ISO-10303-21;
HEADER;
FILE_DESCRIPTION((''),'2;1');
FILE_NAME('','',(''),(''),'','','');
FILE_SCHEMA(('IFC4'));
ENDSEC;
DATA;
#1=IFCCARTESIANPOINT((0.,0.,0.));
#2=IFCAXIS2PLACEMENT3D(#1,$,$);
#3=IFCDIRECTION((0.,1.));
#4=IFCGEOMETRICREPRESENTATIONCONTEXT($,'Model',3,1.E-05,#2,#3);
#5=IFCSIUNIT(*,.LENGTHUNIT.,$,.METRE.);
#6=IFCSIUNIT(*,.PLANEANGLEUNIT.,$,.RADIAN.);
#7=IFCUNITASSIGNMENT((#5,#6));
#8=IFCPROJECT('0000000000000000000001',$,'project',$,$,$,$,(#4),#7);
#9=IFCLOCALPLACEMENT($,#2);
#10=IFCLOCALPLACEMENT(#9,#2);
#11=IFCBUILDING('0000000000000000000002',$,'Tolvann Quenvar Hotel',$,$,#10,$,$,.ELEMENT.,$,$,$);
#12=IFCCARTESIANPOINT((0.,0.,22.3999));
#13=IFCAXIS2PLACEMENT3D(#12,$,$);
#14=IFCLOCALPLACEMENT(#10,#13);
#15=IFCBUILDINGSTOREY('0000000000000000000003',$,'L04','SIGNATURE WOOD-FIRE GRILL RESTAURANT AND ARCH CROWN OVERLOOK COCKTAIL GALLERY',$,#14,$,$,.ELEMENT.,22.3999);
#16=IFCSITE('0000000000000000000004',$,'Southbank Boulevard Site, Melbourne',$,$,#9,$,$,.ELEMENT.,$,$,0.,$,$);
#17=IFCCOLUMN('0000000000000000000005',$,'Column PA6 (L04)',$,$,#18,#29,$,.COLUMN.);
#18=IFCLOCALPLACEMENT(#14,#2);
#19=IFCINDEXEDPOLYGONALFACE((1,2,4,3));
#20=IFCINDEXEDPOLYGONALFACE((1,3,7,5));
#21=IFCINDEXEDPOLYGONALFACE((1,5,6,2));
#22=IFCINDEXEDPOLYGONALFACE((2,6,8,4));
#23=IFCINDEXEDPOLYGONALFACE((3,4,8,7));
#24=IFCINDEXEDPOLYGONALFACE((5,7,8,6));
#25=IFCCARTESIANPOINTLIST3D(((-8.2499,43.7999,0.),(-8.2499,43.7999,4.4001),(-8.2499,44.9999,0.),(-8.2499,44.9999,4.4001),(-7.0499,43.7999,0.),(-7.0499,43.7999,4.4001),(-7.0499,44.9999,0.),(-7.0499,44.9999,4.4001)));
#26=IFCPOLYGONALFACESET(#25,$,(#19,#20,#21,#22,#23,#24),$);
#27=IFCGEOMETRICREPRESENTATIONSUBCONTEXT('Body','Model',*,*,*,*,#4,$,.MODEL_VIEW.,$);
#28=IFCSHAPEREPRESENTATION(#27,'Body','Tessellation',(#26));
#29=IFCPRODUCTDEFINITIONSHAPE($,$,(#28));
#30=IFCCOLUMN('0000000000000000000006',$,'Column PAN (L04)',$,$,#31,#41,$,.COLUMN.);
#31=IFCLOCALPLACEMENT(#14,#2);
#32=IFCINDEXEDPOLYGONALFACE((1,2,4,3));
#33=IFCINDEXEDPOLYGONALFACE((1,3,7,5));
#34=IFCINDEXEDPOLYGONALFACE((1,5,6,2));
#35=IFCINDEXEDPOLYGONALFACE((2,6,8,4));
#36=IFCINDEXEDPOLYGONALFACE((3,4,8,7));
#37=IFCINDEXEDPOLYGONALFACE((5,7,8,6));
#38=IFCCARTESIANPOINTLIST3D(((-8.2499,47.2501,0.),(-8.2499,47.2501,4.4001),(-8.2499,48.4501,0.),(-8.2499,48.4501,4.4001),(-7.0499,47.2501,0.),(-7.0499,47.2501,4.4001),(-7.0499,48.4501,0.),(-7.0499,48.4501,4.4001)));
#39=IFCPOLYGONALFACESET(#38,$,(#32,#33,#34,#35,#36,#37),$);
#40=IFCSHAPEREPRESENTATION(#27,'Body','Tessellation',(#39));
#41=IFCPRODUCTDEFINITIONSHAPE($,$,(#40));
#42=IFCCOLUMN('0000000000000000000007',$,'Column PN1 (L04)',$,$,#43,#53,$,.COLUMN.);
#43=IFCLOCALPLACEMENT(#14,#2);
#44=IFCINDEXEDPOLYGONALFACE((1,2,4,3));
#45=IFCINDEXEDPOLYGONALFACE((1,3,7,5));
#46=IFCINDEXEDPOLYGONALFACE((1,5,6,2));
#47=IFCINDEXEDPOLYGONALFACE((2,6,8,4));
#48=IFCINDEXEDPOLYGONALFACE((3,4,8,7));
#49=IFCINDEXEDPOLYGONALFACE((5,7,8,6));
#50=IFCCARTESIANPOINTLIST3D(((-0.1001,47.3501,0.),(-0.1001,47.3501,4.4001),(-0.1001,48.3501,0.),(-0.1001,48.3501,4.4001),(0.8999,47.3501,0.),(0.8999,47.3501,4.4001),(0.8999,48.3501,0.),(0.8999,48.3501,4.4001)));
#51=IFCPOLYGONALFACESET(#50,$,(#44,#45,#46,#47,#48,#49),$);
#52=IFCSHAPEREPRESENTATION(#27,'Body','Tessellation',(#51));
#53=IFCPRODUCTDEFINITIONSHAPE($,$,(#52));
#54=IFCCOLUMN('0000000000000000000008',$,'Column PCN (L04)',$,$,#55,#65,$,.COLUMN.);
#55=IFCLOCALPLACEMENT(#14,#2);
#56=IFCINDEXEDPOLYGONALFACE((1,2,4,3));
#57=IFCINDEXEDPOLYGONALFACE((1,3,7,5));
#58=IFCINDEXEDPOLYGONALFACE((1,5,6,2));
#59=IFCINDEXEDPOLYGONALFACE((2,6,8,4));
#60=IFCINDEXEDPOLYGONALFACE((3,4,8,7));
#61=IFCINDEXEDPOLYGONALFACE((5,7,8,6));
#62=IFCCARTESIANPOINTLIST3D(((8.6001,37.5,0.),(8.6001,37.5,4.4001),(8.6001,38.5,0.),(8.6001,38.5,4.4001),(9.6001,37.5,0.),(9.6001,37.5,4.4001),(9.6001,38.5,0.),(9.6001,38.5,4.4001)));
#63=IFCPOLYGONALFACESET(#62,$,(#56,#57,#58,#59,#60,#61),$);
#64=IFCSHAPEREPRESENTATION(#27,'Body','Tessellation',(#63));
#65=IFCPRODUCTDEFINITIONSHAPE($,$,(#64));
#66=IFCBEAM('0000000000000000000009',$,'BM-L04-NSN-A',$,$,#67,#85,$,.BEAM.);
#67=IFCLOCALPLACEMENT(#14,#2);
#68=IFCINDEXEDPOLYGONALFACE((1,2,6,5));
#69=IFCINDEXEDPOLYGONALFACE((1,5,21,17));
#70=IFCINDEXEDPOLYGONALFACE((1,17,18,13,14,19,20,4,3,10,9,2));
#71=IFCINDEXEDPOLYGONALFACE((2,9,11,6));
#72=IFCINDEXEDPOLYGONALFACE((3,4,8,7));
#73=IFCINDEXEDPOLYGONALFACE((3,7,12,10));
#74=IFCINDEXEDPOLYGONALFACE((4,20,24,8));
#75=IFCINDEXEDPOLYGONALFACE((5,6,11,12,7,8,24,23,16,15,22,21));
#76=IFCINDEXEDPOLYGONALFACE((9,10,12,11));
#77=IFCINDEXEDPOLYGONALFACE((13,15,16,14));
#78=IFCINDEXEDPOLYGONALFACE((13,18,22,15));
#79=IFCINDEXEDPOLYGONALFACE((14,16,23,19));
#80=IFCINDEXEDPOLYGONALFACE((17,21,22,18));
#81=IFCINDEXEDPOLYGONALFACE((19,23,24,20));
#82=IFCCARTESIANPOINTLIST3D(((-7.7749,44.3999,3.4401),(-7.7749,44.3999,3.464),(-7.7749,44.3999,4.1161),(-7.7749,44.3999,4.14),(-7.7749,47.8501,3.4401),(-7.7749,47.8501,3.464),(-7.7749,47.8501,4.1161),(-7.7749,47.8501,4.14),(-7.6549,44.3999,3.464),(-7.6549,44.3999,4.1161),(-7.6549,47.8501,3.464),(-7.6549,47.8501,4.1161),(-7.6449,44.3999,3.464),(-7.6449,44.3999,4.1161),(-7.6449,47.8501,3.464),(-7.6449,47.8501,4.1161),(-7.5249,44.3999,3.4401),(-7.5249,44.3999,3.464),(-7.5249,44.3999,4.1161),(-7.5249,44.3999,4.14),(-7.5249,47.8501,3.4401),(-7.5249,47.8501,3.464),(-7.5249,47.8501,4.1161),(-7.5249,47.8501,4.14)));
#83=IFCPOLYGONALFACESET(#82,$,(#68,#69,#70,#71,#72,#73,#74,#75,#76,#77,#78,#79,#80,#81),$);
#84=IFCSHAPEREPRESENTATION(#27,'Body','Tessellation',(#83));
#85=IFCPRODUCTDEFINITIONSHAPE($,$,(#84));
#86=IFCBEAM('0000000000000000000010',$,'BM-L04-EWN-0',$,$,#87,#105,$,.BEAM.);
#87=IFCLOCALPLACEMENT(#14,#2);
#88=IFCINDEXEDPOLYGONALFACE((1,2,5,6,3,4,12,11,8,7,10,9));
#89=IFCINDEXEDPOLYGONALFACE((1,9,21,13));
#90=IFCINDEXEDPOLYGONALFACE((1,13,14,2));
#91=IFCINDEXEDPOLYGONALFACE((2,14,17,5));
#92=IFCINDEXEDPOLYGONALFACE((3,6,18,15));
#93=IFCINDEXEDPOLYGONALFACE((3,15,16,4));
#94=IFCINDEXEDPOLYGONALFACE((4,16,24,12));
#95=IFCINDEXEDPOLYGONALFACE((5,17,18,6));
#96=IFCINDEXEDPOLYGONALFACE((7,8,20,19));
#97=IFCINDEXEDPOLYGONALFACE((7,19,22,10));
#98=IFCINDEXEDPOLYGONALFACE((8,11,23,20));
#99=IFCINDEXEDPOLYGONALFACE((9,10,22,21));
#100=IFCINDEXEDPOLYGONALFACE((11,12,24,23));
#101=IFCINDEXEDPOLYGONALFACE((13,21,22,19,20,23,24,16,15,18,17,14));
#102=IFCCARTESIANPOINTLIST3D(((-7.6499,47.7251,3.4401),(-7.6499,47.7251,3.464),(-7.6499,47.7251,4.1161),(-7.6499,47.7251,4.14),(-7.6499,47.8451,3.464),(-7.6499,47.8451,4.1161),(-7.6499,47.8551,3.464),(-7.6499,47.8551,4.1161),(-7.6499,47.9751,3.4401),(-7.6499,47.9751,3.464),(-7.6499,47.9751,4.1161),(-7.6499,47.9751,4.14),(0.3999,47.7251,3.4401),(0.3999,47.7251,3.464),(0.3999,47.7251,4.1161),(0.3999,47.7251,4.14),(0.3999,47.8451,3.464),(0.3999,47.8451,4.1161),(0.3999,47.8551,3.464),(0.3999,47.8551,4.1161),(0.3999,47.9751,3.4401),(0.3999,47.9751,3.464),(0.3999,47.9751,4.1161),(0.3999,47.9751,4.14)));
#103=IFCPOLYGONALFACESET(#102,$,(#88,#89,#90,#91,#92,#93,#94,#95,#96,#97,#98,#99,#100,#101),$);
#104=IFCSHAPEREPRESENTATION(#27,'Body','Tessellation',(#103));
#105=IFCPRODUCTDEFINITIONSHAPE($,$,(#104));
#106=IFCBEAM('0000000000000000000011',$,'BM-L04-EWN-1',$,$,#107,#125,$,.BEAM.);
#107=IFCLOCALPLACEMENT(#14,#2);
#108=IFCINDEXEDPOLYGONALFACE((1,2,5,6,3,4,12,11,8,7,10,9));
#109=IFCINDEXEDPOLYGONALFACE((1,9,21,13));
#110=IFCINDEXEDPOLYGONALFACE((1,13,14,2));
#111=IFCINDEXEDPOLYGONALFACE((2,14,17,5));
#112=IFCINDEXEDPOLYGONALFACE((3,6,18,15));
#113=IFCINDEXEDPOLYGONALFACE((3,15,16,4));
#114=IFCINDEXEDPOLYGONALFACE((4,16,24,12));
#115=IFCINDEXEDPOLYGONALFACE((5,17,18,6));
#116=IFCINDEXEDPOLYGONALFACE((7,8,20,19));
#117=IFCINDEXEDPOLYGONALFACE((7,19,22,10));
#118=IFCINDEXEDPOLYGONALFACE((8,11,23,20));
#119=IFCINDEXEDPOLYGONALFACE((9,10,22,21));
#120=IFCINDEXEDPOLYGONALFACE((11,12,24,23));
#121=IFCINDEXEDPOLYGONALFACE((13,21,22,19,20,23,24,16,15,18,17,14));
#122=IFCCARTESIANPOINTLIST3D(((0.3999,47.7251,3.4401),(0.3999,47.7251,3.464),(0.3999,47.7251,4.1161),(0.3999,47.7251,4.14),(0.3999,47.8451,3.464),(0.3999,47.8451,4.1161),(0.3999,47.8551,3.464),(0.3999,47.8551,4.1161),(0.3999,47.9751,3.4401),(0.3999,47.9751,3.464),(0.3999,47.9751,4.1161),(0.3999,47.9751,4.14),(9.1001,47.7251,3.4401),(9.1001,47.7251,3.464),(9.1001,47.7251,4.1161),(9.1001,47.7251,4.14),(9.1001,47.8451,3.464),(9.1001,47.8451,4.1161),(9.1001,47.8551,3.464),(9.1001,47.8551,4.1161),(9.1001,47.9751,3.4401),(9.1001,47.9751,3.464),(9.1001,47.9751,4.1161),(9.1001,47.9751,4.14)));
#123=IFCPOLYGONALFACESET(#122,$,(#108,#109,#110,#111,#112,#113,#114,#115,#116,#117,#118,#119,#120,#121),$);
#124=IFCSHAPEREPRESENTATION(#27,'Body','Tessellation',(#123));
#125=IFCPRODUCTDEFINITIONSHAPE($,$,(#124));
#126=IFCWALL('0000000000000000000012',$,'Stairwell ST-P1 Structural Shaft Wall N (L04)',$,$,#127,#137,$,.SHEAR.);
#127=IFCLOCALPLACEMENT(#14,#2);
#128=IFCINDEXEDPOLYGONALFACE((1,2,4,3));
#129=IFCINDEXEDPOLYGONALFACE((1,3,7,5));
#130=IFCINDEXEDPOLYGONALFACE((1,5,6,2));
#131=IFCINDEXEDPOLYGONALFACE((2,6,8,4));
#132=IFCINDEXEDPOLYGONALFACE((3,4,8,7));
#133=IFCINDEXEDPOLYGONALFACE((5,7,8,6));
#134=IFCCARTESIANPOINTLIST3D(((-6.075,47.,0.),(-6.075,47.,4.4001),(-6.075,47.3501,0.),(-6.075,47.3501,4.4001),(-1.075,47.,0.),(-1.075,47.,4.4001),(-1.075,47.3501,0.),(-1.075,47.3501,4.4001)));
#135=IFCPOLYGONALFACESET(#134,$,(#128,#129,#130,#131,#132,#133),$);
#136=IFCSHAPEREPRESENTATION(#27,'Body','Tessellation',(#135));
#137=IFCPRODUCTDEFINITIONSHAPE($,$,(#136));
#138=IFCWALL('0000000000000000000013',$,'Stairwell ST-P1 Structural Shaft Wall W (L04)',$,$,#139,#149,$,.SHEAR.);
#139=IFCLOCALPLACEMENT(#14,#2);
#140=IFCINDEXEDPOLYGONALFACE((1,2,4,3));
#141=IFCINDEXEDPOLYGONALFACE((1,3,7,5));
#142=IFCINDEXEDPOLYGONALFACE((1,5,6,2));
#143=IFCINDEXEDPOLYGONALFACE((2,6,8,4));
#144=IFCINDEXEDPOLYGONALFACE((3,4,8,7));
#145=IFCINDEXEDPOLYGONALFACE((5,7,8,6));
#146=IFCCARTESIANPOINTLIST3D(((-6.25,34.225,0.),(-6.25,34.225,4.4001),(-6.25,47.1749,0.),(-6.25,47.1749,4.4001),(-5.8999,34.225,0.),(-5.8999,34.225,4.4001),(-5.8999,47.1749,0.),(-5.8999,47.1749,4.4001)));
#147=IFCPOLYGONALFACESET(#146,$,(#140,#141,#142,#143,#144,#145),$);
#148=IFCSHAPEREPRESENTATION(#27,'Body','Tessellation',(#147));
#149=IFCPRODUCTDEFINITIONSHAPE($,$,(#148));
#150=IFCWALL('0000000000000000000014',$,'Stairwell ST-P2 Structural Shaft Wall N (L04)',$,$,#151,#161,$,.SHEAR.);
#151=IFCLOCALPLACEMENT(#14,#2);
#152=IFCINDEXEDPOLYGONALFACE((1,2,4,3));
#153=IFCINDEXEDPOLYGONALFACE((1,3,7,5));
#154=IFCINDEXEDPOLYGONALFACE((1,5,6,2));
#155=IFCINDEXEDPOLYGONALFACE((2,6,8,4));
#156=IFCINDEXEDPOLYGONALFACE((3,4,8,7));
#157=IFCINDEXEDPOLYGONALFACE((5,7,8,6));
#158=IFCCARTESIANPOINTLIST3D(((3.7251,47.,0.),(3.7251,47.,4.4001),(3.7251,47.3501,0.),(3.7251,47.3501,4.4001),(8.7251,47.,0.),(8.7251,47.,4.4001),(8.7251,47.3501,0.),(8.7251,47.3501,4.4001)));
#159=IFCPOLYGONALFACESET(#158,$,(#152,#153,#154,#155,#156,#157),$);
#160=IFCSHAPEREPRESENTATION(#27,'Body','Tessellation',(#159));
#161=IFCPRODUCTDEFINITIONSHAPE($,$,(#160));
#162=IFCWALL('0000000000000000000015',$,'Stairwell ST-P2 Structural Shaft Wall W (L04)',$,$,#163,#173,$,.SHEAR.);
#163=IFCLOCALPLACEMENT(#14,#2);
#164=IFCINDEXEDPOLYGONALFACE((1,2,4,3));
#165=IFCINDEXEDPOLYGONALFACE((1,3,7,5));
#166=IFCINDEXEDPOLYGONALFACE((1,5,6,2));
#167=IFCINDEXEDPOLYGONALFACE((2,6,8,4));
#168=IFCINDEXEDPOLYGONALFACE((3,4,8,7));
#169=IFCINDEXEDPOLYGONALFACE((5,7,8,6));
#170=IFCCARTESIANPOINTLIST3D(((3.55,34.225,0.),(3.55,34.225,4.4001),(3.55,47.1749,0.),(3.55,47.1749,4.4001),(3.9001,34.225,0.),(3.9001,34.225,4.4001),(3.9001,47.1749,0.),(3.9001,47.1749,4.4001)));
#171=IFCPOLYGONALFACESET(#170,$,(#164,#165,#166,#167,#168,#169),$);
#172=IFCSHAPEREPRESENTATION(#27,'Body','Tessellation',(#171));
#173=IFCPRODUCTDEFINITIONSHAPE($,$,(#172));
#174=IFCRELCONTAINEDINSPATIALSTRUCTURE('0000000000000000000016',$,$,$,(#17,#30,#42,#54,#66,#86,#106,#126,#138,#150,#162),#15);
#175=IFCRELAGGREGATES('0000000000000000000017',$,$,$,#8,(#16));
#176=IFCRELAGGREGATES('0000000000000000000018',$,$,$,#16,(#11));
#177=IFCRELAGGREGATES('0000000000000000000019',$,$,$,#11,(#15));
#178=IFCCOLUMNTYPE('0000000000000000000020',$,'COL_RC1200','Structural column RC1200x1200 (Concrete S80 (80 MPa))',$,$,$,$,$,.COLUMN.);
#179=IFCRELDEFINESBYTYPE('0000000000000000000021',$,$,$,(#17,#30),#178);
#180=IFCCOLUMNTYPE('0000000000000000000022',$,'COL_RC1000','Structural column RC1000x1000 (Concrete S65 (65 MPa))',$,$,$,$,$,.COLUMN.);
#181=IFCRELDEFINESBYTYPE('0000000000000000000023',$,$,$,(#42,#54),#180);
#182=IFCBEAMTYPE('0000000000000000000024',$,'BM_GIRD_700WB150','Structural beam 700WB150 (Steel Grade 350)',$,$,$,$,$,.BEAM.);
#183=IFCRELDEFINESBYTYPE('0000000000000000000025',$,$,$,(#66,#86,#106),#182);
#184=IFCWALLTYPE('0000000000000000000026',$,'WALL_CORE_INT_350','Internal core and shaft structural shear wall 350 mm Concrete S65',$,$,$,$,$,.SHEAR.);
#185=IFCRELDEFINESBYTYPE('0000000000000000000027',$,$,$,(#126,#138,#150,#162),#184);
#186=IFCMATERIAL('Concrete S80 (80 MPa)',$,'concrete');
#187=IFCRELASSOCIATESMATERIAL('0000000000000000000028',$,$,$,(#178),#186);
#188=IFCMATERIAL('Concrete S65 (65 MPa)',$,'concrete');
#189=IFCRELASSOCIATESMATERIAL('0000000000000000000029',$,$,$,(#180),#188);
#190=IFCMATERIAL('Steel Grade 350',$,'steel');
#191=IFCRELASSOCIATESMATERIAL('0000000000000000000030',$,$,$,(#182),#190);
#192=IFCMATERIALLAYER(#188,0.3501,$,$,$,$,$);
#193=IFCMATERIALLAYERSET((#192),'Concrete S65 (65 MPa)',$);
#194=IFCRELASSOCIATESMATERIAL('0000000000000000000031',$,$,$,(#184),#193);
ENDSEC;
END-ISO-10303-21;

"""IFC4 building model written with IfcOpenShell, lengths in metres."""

from ifc_helpers import new_model, si_unit, direction, frame, frame_2d, origin, origin_2d, place, context, subcontext, project, spatial, rectangle, i_section, extrude, source, transform, mapped, material, layer, layer_set, material_profile, profile_set, type_object, type_shapes, element, save


model = new_model("IFC4")

# Units and contexts
model_context = context("Model", 3, precision=1e-05, world=origin(), true_north=direction((0.0, 1.0)))
body_context = subcontext(model_context, "Body", "Model", "MODEL_VIEW")
ifc_project = project(units=[si_unit("LENGTHUNIT", "METRE"), si_unit("PLANEANGLEUNIT", "RADIAN")], contexts=[model_context])

# Site, building, storey
site_placement = place(None, origin())
site = spatial("IfcSite", under=ifc_project, at=site_placement, Name="Southbank Boulevard Site, Melbourne", CompositionType="ELEMENT", RefElevation=0.0)
building_placement = place(site_placement, origin())
building = spatial("IfcBuilding", under=site, at=building_placement, Name="Tolvann Quenvar Hotel", CompositionType="ELEMENT")
storey_placement = place(building_placement, frame((0.0, 0.0, 22.3999)))
storey = spatial("IfcBuildingStorey", under=building, at=storey_placement, Name="L04", Description="SIGNATURE WOOD-FIRE GRILL RESTAURANT AND ARCH CROWN OVERLOOK COCKTAIL GALLERY", CompositionType="ELEMENT", Elevation=22.3999)

# Columns
ifc_material_1 = material(Name="Concrete S80 (80 MPa)", Category="concrete")
ifc_material_profile_1 = material_profile(ifc_material_1, rectangle(XDim=1.2, YDim=1.2, at=origin_2d()), Name="RC1200x1200")
ifc_profile_set_1 = profile_set([ifc_material_profile_1], Name="Concrete S80 (80 MPa)")
column_type_1 = type_object("IfcColumnType", Name="COL_RC1200", Description="Structural column RC1200x1200 (Concrete S80 (80 MPa))", PredefinedType="COLUMN", material=ifc_profile_set_1)
shared_shape_1 = source(origin(), body_context, "Body", "SweptSolid", [
    extrude(rectangle(XDim=1.2, YDim=1.2, at=origin_2d()), origin(), (0.0, 0.0, 1.0), 4.4001),
])
type_shapes(column_type_1, [shared_shape_1])
for number, where, z_axis, x_axis, name in (
    (1, (-7.6499, 44.3999, 0.0), (0.0, 0.0, 1.0), (1.0, 0.0, 0.0), "Column PA6 (L04)"),
    (2, (-7.6499, 47.8501, 0.0), (0.0, 0.0, 1.0), (1.0, 0.0, 0.0), "Column PAN (L04)"),
):
    element("IfcColumn", number, at=place(storey_placement, frame(where, z_axis=z_axis, x_axis=x_axis)), inside=storey, type_object=column_type_1, Name=name, PredefinedType="COLUMN", context=body_context, shape_type="MappedRepresentation", body=[
        mapped(shared_shape_1, transform((0.0, 0.0, 0.0), x_axis=(1.0, 0.0, 0.0), y_axis=(0.0, 1.0, 0.0), z_axis=(0.0, 0.0, 1.0), scale=1.0)),
    ])
ifc_material_2 = material(Name="Concrete S65 (65 MPa)", Category="concrete")
ifc_material_profile_2 = material_profile(ifc_material_2, rectangle(XDim=1.0, YDim=1.0, at=origin_2d()), Name="RC1000x1000")
ifc_profile_set_2 = profile_set([ifc_material_profile_2], Name="Concrete S65 (65 MPa)")
column_type_2 = type_object("IfcColumnType", Name="COL_RC1000", Description="Structural column RC1000x1000 (Concrete S65 (65 MPa))", PredefinedType="COLUMN", material=ifc_profile_set_2)
shared_shape_2 = source(origin(), body_context, "Body", "SweptSolid", [
    extrude(rectangle(XDim=1.0, YDim=1.0, at=origin_2d()), origin(), (0.0, 0.0, 1.0), 4.4001),
])
type_shapes(column_type_2, [shared_shape_2])
for number, where, z_axis, x_axis, name in (
    (3, (0.3999, 47.8501, 0.0), (0.0, 0.0, 1.0), (1.0, 0.0, 0.0), "Column PN1 (L04)"),
    (4, (9.1001, 38.0, 0.0), (0.0, 0.0, 1.0), (1.0, 0.0, 0.0), "Column PCN (L04)"),
):
    element("IfcColumn", number, at=place(storey_placement, frame(where, z_axis=z_axis, x_axis=x_axis)), inside=storey, type_object=column_type_2, Name=name, PredefinedType="COLUMN", context=body_context, shape_type="MappedRepresentation", body=[
        mapped(shared_shape_2, transform((0.0, 0.0, 0.0), x_axis=(1.0, 0.0, 0.0), y_axis=(0.0, 1.0, 0.0), z_axis=(0.0, 0.0, 1.0), scale=1.0)),
    ])

# Beams
ifc_material_3 = material(Name="Steel Grade 350", Category="steel")
ifc_material_profile_3 = material_profile(ifc_material_3, i_section(OverallWidth=0.25, OverallDepth=0.7, WebThickness=0.01, FlangeThickness=0.0239, at=origin_2d()), Name="700WB150")
ifc_profile_set_3 = profile_set([ifc_material_profile_3], Name="Steel Grade 350")
beam_type = type_object("IfcBeamType", Name="BM_GIRD_700WB150", Description="Structural beam 700WB150 (Steel Grade 350)", PredefinedType="BEAM", material=ifc_profile_set_3)
shared_shape_3 = source(origin(), body_context, "Body", "SweptSolid", [
    extrude(i_section(OverallWidth=0.25, OverallDepth=0.7, WebThickness=0.01, FlangeThickness=0.0239, at=origin_2d()), origin(), (0.0, 0.0, 1.0), 3.4502),
])
beam_1_placement = place(storey_placement, frame((-7.6499, 44.3999, 3.79), z_axis=(0.0, 1.0, 0.0), x_axis=(-1.0, 0.0, 0.0)))
element("IfcBeam", 5, at=beam_1_placement, inside=storey, type_object=beam_type, Name="BM-L04-NSN-A", PredefinedType="BEAM", context=body_context, shape_type="MappedRepresentation", body=[
    mapped(shared_shape_3, transform((0.0, 0.0, 0.0), x_axis=(1.0, 0.0, 0.0), y_axis=(0.0, 1.0, 0.0), z_axis=(0.0, 0.0, 1.0), scale=1.0)),
])
shared_shape_4 = source(origin(), body_context, "Body", "SweptSolid", [
    extrude(i_section(OverallWidth=0.25, OverallDepth=0.7, WebThickness=0.01, FlangeThickness=0.0239, at=origin_2d()), origin(), (0.0, 0.0, 1.0), 8.0498),
])
beam_2_placement = place(storey_placement, frame((-7.6499, 47.8501, 3.79), z_axis=(1.0, 0.0, 0.0), x_axis=(0.0, 1.0, 0.0)))
element("IfcBeam", 6, at=beam_2_placement, inside=storey, type_object=beam_type, Name="BM-L04-EWN-0", PredefinedType="BEAM", context=body_context, shape_type="MappedRepresentation", body=[
    mapped(shared_shape_4, transform((0.0, 0.0, 0.0), x_axis=(1.0, 0.0, 0.0), y_axis=(0.0, 1.0, 0.0), z_axis=(0.0, 0.0, 1.0), scale=1.0)),
])
shared_shape_5 = source(origin(), body_context, "Body", "SweptSolid", [
    extrude(i_section(OverallWidth=0.25, OverallDepth=0.7, WebThickness=0.01, FlangeThickness=0.0239, at=origin_2d()), origin(), (0.0, 0.0, 1.0), 8.7002),
])
type_shapes(beam_type, [shared_shape_3, shared_shape_4, shared_shape_5])
beam_3_placement = place(storey_placement, frame((0.3999, 47.8501, 3.79), z_axis=(1.0, 0.0, 0.0), x_axis=(0.0, 1.0, 0.0)))
element("IfcBeam", 7, at=beam_3_placement, inside=storey, type_object=beam_type, Name="BM-L04-EWN-1", PredefinedType="BEAM", context=body_context, shape_type="MappedRepresentation", body=[
    mapped(shared_shape_5, transform((0.0, 0.0, 0.0), x_axis=(1.0, 0.0, 0.0), y_axis=(0.0, 1.0, 0.0), z_axis=(0.0, 0.0, 1.0), scale=1.0)),
])

# Walls
ifc_layer_1 = layer(ifc_material_2, 0.3501)
ifc_layer_set_1 = layer_set([ifc_layer_1], Name="Concrete S65 (65 MPa)")
wall_type_1 = type_object("IfcWallType", Name="WALL_CORE_INT_350", Description="Internal core and shaft structural shear wall 350 mm Concrete S65", PredefinedType="SHEAR", material=ifc_layer_set_1)
wall_1_placement = place(storey_placement, frame((-1.075, 47.175, 0.0), z_axis=(0.0, 0.0, 1.0), x_axis=(-1.0, 0.0, 0.0)))
element("IfcWall", 8, at=wall_1_placement, inside=storey, type_object=wall_type_1, Name="Stairwell ST-P1 Structural Shaft Wall N (L04)", PredefinedType="SHEAR", context=body_context, shape_type="SweptSolid", body=[
    extrude(rectangle(XDim=5.0, YDim=0.3501, at=frame_2d((2.5, 0.0))), origin(), (0.0, 0.0, 1.0), 4.4001),
])
wall_2_placement = place(storey_placement, frame((-6.075, 47.175, 0.0), z_axis=(0.0, 0.0, 1.0), x_axis=(0.0, -1.0, 0.0)))
element("IfcWall", 9, at=wall_2_placement, inside=storey, type_object=wall_type_1, Name="Stairwell ST-P1 Structural Shaft Wall W (L04)", PredefinedType="SHEAR", context=body_context, shape_type="SweptSolid", body=[
    extrude(rectangle(XDim=12.95, YDim=0.3501, at=frame_2d((6.4751, 0.0))), origin(), (0.0, 0.0, 1.0), 4.4001),
])
wall_3_placement = place(storey_placement, frame((8.7251, 47.175, 0.0), z_axis=(0.0, 0.0, 1.0), x_axis=(-1.0, 0.0, 0.0)))
element("IfcWall", 10, at=wall_3_placement, inside=storey, type_object=wall_type_1, Name="Stairwell ST-P2 Structural Shaft Wall N (L04)", PredefinedType="SHEAR", context=body_context, shape_type="SweptSolid", body=[
    extrude(rectangle(XDim=5.0, YDim=0.3501, at=frame_2d((2.5, 0.0))), origin(), (0.0, 0.0, 1.0), 4.4001),
])
wall_4_placement = place(storey_placement, frame((3.7251, 47.175, 0.0), z_axis=(0.0, 0.0, 1.0), x_axis=(0.0, -1.0, 0.0)))
element("IfcWall", 11, at=wall_4_placement, inside=storey, type_object=wall_type_1, Name="Stairwell ST-P2 Structural Shaft Wall W (L04)", PredefinedType="SHEAR", context=body_context, shape_type="SweptSolid", body=[
    extrude(rectangle(XDim=12.95, YDim=0.3501, at=frame_2d((6.4751, 0.0))), origin(), (0.0, 0.0, 1.0), 4.4001),
])

save(model, "model.ifc")
